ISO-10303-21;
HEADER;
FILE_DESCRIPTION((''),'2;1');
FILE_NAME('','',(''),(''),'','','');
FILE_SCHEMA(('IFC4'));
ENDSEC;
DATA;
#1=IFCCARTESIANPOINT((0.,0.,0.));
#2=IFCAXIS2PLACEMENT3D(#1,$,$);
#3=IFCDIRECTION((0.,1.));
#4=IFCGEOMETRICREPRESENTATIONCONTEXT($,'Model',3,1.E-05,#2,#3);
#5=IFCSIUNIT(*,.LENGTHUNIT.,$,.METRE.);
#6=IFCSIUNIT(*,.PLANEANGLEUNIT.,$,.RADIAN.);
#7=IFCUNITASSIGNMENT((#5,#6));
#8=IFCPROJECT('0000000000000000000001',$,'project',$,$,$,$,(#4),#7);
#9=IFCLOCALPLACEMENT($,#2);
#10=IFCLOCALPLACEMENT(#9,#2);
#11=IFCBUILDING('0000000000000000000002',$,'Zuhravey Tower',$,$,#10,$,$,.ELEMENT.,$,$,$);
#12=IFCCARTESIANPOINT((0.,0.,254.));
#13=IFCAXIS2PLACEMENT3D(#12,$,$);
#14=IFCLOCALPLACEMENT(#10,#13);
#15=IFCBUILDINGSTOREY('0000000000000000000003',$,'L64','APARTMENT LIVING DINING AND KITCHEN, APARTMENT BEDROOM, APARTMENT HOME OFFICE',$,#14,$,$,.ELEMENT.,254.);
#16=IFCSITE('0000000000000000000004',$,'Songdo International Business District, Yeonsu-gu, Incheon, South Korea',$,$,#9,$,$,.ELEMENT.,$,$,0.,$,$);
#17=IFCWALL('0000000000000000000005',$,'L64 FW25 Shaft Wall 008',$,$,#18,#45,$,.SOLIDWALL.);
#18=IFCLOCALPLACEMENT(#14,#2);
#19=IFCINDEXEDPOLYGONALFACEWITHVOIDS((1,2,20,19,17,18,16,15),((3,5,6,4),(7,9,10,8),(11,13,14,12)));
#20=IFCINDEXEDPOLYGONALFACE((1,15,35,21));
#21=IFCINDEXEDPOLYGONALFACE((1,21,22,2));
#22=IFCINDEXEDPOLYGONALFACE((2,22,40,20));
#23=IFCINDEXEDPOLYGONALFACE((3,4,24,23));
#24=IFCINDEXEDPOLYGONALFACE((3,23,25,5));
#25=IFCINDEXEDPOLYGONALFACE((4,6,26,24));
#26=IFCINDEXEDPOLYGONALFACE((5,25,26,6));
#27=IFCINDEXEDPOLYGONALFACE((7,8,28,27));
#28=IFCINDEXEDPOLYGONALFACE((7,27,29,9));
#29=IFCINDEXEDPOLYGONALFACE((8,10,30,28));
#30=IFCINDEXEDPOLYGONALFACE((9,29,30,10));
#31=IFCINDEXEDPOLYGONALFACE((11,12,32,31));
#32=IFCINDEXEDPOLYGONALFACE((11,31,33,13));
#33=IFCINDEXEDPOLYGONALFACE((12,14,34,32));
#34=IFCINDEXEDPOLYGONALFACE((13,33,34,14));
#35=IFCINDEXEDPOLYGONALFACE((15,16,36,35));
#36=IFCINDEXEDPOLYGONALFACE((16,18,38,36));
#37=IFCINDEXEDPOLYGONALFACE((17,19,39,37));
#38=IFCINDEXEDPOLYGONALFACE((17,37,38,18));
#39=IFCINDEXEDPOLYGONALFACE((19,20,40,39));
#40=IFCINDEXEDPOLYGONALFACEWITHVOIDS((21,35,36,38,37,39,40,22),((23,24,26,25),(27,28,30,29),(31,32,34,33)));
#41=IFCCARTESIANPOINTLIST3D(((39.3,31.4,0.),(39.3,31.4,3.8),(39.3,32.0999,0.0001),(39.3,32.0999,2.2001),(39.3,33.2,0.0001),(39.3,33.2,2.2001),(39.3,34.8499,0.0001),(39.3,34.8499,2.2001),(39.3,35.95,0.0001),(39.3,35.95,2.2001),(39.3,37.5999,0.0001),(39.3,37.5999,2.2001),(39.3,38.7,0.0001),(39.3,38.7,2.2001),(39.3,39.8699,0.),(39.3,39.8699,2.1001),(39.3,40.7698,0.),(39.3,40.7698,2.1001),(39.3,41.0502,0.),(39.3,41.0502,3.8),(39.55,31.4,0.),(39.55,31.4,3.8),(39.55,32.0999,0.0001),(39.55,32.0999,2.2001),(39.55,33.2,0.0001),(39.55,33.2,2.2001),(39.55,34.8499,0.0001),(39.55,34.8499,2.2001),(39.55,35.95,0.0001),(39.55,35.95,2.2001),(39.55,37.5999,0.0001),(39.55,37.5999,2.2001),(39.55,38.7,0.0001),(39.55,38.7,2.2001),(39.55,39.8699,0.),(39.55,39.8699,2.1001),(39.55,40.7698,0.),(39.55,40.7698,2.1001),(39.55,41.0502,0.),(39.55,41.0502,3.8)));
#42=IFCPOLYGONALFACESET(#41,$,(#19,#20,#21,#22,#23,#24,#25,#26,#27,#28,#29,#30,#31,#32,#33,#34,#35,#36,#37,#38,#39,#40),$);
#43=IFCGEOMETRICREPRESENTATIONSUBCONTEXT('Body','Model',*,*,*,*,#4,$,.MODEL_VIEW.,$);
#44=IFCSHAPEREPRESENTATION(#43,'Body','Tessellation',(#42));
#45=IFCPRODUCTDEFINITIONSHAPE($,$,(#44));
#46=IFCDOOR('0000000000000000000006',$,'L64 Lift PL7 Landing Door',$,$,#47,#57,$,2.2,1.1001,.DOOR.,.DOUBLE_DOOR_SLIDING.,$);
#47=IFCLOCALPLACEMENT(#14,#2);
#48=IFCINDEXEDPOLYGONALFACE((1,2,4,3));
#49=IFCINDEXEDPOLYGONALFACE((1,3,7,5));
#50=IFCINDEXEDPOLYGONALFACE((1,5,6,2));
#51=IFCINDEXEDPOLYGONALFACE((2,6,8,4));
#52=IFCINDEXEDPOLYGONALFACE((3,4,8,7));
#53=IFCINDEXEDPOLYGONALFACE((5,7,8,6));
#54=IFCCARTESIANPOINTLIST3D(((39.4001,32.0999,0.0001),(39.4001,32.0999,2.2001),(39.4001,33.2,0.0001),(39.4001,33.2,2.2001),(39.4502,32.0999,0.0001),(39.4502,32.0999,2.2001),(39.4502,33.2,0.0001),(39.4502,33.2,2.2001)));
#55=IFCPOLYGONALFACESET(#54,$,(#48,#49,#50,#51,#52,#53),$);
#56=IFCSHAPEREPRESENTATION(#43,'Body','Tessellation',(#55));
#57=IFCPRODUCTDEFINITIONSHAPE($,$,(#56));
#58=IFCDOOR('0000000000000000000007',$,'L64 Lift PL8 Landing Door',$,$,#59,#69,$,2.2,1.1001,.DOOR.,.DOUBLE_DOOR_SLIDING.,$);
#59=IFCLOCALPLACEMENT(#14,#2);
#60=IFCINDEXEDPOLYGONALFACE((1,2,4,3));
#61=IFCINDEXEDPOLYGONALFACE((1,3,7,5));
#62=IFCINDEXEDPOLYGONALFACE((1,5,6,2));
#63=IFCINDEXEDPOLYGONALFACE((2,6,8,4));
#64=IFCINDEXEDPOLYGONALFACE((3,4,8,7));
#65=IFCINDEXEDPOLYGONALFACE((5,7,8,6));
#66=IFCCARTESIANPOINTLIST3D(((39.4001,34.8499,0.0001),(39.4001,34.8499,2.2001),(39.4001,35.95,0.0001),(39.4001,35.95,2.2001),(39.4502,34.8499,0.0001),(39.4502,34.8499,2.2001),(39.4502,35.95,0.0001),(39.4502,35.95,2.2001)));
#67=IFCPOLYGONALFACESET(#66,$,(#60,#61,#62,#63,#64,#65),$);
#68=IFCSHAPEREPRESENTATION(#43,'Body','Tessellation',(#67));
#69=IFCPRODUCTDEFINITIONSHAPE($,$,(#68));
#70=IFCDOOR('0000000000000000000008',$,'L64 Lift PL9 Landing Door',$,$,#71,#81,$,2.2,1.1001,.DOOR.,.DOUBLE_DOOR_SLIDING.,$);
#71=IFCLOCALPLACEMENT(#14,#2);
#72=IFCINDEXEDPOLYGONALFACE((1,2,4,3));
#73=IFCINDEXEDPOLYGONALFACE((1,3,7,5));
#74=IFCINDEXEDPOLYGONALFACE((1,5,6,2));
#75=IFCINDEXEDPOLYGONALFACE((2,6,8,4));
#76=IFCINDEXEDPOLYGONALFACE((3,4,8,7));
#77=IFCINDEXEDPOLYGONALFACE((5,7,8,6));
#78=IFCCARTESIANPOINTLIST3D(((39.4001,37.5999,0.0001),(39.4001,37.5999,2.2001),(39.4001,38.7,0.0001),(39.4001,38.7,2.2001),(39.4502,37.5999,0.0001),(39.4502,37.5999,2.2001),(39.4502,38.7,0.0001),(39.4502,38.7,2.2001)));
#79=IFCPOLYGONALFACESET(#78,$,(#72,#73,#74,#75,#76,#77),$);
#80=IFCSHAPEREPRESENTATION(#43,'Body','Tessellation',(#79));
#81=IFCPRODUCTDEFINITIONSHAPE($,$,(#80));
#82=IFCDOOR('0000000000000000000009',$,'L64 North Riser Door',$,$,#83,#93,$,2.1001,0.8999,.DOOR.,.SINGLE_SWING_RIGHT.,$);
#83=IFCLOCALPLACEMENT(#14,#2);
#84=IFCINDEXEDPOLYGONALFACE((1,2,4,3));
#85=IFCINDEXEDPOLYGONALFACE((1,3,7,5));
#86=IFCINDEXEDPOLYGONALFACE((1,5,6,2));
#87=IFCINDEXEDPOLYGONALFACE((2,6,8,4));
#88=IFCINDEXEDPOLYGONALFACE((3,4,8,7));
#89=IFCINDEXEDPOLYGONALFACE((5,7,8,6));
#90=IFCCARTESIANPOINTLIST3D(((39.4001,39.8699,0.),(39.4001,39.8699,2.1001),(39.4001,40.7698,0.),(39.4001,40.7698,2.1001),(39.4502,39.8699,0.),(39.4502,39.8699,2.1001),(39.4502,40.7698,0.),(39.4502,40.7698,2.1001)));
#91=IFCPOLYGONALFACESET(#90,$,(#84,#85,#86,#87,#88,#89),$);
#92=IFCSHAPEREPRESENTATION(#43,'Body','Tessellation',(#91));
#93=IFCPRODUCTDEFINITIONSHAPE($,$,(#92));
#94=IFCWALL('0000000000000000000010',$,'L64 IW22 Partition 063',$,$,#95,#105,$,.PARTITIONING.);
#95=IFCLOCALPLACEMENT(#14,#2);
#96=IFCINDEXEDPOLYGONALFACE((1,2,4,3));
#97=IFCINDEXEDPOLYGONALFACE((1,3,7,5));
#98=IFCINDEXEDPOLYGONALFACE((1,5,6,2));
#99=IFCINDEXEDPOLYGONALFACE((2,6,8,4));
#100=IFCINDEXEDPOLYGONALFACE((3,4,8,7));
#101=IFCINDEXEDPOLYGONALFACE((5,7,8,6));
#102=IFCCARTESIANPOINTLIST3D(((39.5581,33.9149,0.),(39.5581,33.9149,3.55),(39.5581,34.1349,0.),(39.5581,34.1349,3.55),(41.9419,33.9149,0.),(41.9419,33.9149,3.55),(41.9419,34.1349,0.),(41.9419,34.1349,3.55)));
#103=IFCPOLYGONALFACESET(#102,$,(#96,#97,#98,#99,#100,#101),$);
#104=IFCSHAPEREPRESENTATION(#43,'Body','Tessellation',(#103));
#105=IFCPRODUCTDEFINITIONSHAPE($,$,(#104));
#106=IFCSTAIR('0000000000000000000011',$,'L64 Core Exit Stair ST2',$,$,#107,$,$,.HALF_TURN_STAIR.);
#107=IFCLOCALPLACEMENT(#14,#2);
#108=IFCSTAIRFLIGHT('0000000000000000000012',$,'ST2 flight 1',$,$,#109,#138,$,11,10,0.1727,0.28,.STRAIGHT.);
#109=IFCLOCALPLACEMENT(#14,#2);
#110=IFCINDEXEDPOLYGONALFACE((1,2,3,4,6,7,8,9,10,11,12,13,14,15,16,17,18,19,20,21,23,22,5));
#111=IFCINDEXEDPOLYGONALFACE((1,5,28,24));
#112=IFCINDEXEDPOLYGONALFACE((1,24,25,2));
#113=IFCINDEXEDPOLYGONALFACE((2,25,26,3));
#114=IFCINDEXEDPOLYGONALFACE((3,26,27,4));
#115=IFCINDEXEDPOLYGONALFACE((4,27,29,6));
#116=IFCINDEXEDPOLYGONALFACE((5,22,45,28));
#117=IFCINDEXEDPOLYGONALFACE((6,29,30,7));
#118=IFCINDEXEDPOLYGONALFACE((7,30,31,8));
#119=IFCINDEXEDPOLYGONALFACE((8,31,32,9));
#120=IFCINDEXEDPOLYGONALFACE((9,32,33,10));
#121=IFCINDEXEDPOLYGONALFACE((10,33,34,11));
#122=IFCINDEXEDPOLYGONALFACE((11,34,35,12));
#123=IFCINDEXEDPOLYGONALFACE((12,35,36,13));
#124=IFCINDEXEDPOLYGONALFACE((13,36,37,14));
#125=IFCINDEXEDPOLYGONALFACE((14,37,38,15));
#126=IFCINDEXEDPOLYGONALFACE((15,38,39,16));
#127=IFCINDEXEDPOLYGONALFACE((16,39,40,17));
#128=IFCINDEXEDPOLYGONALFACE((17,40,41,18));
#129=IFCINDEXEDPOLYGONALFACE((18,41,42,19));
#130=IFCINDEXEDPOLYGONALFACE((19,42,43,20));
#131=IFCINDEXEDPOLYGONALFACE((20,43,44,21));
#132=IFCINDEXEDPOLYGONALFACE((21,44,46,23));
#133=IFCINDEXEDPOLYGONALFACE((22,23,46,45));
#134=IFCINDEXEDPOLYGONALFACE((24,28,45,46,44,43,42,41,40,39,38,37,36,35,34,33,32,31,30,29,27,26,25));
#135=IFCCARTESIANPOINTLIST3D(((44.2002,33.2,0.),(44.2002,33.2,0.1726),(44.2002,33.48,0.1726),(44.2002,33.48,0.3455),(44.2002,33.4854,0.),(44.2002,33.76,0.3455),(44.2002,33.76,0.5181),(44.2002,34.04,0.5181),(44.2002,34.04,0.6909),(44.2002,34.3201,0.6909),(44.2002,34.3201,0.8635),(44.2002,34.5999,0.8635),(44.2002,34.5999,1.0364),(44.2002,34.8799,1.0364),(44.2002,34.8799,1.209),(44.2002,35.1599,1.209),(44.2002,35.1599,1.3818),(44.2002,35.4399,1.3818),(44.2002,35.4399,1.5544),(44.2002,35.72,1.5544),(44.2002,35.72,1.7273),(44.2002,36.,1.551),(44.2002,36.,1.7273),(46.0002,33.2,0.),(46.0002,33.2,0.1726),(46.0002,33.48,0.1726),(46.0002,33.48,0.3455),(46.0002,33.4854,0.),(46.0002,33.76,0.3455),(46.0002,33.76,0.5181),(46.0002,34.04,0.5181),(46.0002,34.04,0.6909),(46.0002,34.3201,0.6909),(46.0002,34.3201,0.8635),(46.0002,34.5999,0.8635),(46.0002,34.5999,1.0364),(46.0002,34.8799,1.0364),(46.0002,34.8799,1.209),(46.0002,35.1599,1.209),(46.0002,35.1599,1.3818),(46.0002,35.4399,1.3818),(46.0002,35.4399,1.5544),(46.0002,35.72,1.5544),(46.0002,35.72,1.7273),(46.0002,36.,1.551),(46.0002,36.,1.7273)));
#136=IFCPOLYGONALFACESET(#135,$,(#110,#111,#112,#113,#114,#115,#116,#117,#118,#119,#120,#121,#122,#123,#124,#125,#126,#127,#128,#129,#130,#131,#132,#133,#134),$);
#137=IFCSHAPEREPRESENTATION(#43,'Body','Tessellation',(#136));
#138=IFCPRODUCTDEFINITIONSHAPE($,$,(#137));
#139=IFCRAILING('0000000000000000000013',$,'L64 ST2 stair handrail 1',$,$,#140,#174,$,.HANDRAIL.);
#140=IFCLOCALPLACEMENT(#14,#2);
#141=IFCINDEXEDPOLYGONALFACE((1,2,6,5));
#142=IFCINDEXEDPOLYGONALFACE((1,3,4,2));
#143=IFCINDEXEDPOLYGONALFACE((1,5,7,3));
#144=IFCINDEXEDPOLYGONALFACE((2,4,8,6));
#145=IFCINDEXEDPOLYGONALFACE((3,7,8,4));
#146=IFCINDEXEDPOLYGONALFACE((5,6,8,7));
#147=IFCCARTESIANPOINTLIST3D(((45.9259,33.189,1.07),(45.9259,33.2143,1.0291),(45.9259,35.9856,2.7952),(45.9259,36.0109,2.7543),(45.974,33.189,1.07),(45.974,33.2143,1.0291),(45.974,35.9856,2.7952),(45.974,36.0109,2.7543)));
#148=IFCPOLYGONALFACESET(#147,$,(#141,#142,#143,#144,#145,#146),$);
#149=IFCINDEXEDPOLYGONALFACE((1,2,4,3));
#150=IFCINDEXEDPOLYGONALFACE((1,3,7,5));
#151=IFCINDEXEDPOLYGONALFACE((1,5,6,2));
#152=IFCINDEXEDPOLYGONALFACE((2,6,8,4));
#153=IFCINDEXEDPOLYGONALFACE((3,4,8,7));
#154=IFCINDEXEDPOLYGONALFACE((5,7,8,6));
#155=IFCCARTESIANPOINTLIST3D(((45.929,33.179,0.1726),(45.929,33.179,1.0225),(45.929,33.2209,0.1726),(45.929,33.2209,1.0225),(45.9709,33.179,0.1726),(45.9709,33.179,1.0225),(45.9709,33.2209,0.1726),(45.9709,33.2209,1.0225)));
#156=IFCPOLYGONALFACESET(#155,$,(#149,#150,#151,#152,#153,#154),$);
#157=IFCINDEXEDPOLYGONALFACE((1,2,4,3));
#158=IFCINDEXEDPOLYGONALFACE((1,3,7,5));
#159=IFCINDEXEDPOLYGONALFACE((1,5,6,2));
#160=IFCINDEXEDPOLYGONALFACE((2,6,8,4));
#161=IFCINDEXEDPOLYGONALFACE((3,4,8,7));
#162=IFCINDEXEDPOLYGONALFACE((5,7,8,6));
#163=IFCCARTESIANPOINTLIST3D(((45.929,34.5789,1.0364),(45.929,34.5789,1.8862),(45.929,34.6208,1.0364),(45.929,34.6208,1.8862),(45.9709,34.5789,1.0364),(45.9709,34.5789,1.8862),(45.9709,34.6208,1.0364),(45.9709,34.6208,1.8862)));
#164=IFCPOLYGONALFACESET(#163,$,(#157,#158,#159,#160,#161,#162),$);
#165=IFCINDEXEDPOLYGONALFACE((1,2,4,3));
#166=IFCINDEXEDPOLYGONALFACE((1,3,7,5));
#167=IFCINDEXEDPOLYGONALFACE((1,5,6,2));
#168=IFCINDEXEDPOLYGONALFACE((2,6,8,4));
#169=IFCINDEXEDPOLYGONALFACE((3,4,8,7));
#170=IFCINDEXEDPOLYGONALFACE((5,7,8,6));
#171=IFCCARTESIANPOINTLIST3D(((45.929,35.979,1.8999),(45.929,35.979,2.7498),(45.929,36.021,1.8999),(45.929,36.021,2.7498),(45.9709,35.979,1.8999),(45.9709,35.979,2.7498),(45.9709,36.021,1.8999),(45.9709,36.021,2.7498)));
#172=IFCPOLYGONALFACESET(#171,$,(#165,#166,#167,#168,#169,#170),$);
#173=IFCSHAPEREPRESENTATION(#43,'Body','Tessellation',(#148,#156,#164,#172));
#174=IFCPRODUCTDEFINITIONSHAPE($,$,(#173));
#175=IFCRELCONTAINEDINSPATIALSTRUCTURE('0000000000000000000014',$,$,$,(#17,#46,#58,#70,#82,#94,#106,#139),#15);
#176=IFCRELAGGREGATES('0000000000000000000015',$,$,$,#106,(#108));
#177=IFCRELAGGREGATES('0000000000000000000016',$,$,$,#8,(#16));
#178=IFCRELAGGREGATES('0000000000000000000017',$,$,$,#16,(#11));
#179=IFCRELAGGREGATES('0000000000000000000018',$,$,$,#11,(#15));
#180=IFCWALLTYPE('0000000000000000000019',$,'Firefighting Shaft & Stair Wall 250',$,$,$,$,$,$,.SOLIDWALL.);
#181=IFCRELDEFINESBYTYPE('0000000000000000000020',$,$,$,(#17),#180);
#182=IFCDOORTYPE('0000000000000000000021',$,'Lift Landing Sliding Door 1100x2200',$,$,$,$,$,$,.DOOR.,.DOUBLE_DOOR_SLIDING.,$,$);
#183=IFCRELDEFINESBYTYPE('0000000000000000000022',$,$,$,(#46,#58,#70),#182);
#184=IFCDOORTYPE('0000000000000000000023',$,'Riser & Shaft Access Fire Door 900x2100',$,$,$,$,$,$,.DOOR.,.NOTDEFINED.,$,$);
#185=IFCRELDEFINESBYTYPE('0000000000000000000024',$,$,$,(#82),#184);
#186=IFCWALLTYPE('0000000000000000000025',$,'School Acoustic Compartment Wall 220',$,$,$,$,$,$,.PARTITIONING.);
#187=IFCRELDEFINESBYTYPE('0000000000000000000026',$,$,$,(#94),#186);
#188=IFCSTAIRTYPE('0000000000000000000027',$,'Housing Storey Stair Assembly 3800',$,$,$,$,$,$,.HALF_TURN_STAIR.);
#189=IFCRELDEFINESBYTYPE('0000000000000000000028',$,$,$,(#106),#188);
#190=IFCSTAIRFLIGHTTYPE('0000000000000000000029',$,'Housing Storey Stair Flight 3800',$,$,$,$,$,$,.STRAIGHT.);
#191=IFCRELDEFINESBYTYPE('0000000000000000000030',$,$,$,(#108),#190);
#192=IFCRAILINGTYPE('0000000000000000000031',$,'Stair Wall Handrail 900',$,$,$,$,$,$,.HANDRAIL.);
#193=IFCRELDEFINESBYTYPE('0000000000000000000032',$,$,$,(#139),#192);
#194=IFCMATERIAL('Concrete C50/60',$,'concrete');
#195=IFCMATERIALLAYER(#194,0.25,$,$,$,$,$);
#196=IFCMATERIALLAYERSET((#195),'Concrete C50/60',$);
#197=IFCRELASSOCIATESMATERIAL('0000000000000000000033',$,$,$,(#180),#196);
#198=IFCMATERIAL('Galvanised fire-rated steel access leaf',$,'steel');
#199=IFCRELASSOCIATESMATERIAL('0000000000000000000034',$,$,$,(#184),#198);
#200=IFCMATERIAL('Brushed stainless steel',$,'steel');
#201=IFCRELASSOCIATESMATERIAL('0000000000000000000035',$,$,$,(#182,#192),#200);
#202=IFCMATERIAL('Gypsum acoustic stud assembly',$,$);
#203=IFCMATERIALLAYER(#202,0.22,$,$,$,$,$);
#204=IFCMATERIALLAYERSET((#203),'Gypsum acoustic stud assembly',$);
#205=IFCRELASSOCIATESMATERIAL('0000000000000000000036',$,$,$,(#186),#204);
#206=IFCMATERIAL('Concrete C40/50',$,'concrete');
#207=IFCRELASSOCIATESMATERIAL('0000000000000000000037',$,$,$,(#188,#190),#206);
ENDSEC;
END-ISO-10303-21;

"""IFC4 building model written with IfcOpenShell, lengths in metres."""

from ifc_helpers import new_model, si_unit, direction, frame, frame_2d, origin, origin_2d, place, context, subcontext, project, spatial, polyline, rectangle, outline, extrude, material, layer, layer_set, type_object, element, fill, aggregate, save


model = new_model("IFC4")

# Units and contexts
model_context = context("Model", 3, precision=1e-05, world=origin(), true_north=direction((0.0, 1.0)))
body_context = subcontext(model_context, "Body", "Model", "MODEL_VIEW")
ifc_project = project(units=[si_unit("LENGTHUNIT", "METRE"), si_unit("PLANEANGLEUNIT", "RADIAN")], contexts=[model_context])

# Site, building, storey
site_placement = place(None, origin())
site = spatial("IfcSite", under=ifc_project, at=site_placement, Name="Songdo International Business District, Yeonsu-gu, Incheon, South Korea", CompositionType="ELEMENT", RefElevation=0.0)
building_placement = place(site_placement, origin())
building = spatial("IfcBuilding", under=site, at=building_placement, Name="Zuhravey Tower", CompositionType="ELEMENT")
storey_placement = place(building_placement, frame((0.0, 0.0, 254.0)))
storey = spatial("IfcBuildingStorey", under=building, at=storey_placement, Name="L64", Description="APARTMENT LIVING DINING AND KITCHEN, APARTMENT BEDROOM, APARTMENT HOME OFFICE", CompositionType="ELEMENT", Elevation=254.0)

# Shared definitions
ifc_material_1 = material(Name="Concrete C50/60", Category="concrete")
ifc_layer_1 = layer(ifc_material_1, 0.25)
ifc_layer_set_1 = layer_set([ifc_layer_1], Name="Concrete C50/60")
wall_type_1 = type_object("IfcWallType", Name="Firefighting Shaft & Stair Wall 250", PredefinedType="SOLIDWALL", material=ifc_layer_set_1)

# Wall, openings, doors
ifc_material_2 = material(Name="Galvanised fire-rated steel access leaf", Category="steel")
door_type_1 = type_object("IfcDoorType", Name="Riser & Shaft Access Fire Door 900x2100", OperationType="NOTDEFINED", PredefinedType="DOOR", material=ifc_material_2)
wall_1_placement = place(storey_placement, frame((39.425, 31.3999, 0.0), z_axis=(0.0, 0.0, 1.0), x_axis=(0.0, 1.0, 0.0)))
wall_1 = element("IfcWall", 1, at=wall_1_placement, inside=storey, type_object=wall_type_1, Name="L64 FW25 Shaft Wall 008", PredefinedType="SOLIDWALL", context=body_context, shape_type="SweptSolid", body=[
    extrude(rectangle(XDim=9.6501, YDim=0.25, at=frame_2d((4.8252, 0.0))), origin(), (0.0, 0.0, 1.0), 3.8),
])
opening_1_placement = place(wall_1_placement, frame((0.7, 0.0, 0.0)))
opening_1 = element("IfcOpeningElement", 2, at=opening_1_placement, cuts=wall_1, PredefinedType="OPENING", context=body_context, shape_type="SweptSolid", body=[
    extrude(rectangle(XDim=1.1001, YDim=2.2, at=frame_2d((0.55, 1.1001))), frame((0.0, 0.137, 0.0), z_axis=(0.0, -1.0, 0.0), x_axis=(1.0, 0.0, 0.0)), (0.0, 0.0, 1.0), 0.2739),
])
opening_2_placement = place(wall_1_placement, frame((3.45, 0.0, 0.0)))
opening_2 = element("IfcOpeningElement", 3, at=opening_2_placement, cuts=wall_1, PredefinedType="OPENING", context=body_context, shape_type="SweptSolid", body=[
    extrude(rectangle(XDim=1.1001, YDim=2.2, at=frame_2d((0.55, 1.1001))), frame((0.0, 0.137, 0.0), z_axis=(0.0, -1.0, 0.0), x_axis=(1.0, 0.0, 0.0)), (0.0, 0.0, 1.0), 0.2739),
])
opening_3_placement = place(wall_1_placement, frame((6.2, 0.0, 0.0)))
opening_3 = element("IfcOpeningElement", 4, at=opening_3_placement, cuts=wall_1, PredefinedType="OPENING", context=body_context, shape_type="SweptSolid", body=[
    extrude(rectangle(XDim=1.1001, YDim=2.2, at=frame_2d((0.55, 1.1001))), frame((0.0, 0.137, 0.0), z_axis=(0.0, -1.0, 0.0), x_axis=(1.0, 0.0, 0.0)), (0.0, 0.0, 1.0), 0.2739),
])
opening_4_placement = place(wall_1_placement, frame((8.47, 0.0, 0.0)))
opening_4 = element("IfcOpeningElement", 5, at=opening_4_placement, cuts=wall_1, PredefinedType="OPENING", context=body_context, shape_type="SweptSolid", body=[
    extrude(rectangle(XDim=0.8999, YDim=2.1001, at=frame_2d((0.45, 1.05))), frame((0.0, 0.137, 0.0), z_axis=(0.0, -1.0, 0.0), x_axis=(1.0, 0.0, 0.0)), (0.0, 0.0, 1.0), 0.2739),
])
ifc_material_3 = material(Name="Brushed stainless steel", Category="steel")
door_type_2 = type_object("IfcDoorType", Name="Lift Landing Sliding Door 1100x2200", OperationType="DOUBLE_DOOR_SLIDING", PredefinedType="DOOR", material=ifc_material_3)
door_1_placement = place(opening_1_placement, origin())
door_1 = element("IfcDoor", 6, at=door_1_placement, inside=storey, type_object=door_type_2, Name="L64 Lift PL7 Landing Door", OperationType="DOUBLE_DOOR_SLIDING", OverallHeight=2.2, OverallWidth=1.1001, PredefinedType="DOOR", context=body_context, shape_type="SweptSolid", body=[
    extrude(rectangle(XDim=1.1001, YDim=2.2, at=frame_2d((0.55, 1.1001))), frame((0.0, 0.0249, 0.0), z_axis=(0.0, -1.0, 0.0), x_axis=(1.0, 0.0, 0.0)), (0.0, 0.0, 1.0), 0.05),
])
fill(opening_1, door_1)
door_2_placement = place(opening_2_placement, origin())
door_2 = element("IfcDoor", 7, at=door_2_placement, inside=storey, type_object=door_type_2, Name="L64 Lift PL8 Landing Door", OperationType="DOUBLE_DOOR_SLIDING", OverallHeight=2.2, OverallWidth=1.1001, PredefinedType="DOOR", context=body_context, shape_type="SweptSolid", body=[
    extrude(rectangle(XDim=1.1001, YDim=2.2, at=frame_2d((0.55, 1.1001))), frame((0.0, 0.0249, 0.0), z_axis=(0.0, -1.0, 0.0), x_axis=(1.0, 0.0, 0.0)), (0.0, 0.0, 1.0), 0.05),
])
fill(opening_2, door_2)
door_3_placement = place(opening_3_placement, origin())
door_3 = element("IfcDoor", 8, at=door_3_placement, inside=storey, type_object=door_type_2, Name="L64 Lift PL9 Landing Door", OperationType="DOUBLE_DOOR_SLIDING", OverallHeight=2.2, OverallWidth=1.1001, PredefinedType="DOOR", context=body_context, shape_type="SweptSolid", body=[
    extrude(rectangle(XDim=1.1001, YDim=2.2, at=frame_2d((0.55, 1.1001))), frame((0.0, 0.0249, 0.0), z_axis=(0.0, -1.0, 0.0), x_axis=(1.0, 0.0, 0.0)), (0.0, 0.0, 1.0), 0.05),
])
fill(opening_3, door_3)
door_4_placement = place(opening_4_placement, origin())
door_4 = element("IfcDoor", 9, at=door_4_placement, inside=storey, type_object=door_type_1, Name="L64 North Riser Door", OperationType="SINGLE_SWING_RIGHT", OverallHeight=2.1001, OverallWidth=0.8999, PredefinedType="DOOR", context=body_context, shape_type="SweptSolid", body=[
    extrude(rectangle(XDim=0.8999, YDim=2.1001, at=frame_2d((0.45, 1.05))), frame((0.0, 0.0249, 0.0), z_axis=(0.0, -1.0, 0.0), x_axis=(1.0, 0.0, 0.0)), (0.0, 0.0, 1.0), 0.05),
])
fill(opening_4, door_4)

# Wall
ifc_material_4 = material(Name="Gypsum acoustic stud assembly")
ifc_layer_2 = layer(ifc_material_4, 0.22)
ifc_layer_set_2 = layer_set([ifc_layer_2], Name="Gypsum acoustic stud assembly")
wall_type_2 = type_object("IfcWallType", Name="School Acoustic Compartment Wall 220", PredefinedType="PARTITIONING", material=ifc_layer_set_2)
wall_2_placement = place(storey_placement, frame((39.5581, 34.0249, 0.0), z_axis=(0.0, 0.0, 1.0), x_axis=(1.0, 0.0, 0.0)))
element("IfcWall", 10, at=wall_2_placement, inside=storey, type_object=wall_type_2, Name="L64 IW22 Partition 063", PredefinedType="PARTITIONING", context=body_context, shape_type="SweptSolid", body=[
    extrude(rectangle(XDim=2.3838, YDim=0.22, at=frame_2d((1.1919, 0.0))), origin(), (0.0, 0.0, 1.0), 3.55),
])

# Stair, stair flight
ifc_material_5 = material(Name="Concrete C40/50", Category="concrete")
stair_type = type_object("IfcStairType", Name="Housing Storey Stair Assembly 3800", PredefinedType="HALF_TURN_STAIR", material=ifc_material_5)
stair_placement = place(storey_placement, origin())
stair = element("IfcStair", 11, at=stair_placement, inside=storey, type_object=stair_type, Name="L64 Core Exit Stair ST2", PredefinedType="HALF_TURN_STAIR")
stair_flight_type = type_object("IfcStairFlightType", Name="Housing Storey Stair Flight 3800", PredefinedType="STRAIGHT", material=ifc_material_5)
stair_flight_placement = place(storey_placement, frame((45.1001, 33.2, 0.0), z_axis=(0.0, 0.0, 1.0), x_axis=(0.0, 1.0, 0.0)))
stair_flight = element("IfcStairFlight", 12, at=stair_flight_placement, type_object=stair_flight_type, Name="ST2 flight 1", NumberOfRisers=11, NumberOfTreads=10, PredefinedType="STRAIGHT", RiserHeight=0.1727, TreadLength=0.28, context=body_context, shape_type="SweptSolid", body=[
    extrude(outline(polyline([(0.0, 0.0), (0.0, 0.1726), (0.28, 0.1726), (0.28, 0.3455), (0.5601, 0.3455), (0.5601, 0.5181), (0.8401, 0.5181), (0.8401, 0.6909), (1.1201, 0.6909), (1.1201, 0.8635), (1.3999, 0.8635), (1.3999, 1.0364), (1.6799, 1.0364), (1.6799, 1.209), (1.96, 1.209), (1.96, 1.3818), (2.24, 1.3818), (2.24, 1.5544), (2.52, 1.5544), (2.52, 1.7273), (2.8, 1.7273), (2.8, 1.8999), (2.8, 1.551), (0.2854, 0.0), (0.0, 0.0)])), frame((0.0, 0.8999, 0.0), z_axis=(0.0, -1.0, 0.0), x_axis=(1.0, 0.0, 0.0)), (0.0, 0.0, 1.0), 1.8),
])
aggregate(stair, [stair_flight])

# Railing
railing_type_1 = type_object("IfcRailingType", Name="Stair Wall Handrail 900", PredefinedType="HANDRAIL", material=ifc_material_3)
railing_1_placement = place(storey_placement, frame((45.95, 33.2, 0.1726)))
element("IfcRailing", 13, at=railing_1_placement, inside=storey, type_object=railing_type_1, Name="L64 ST2 stair handrail 1", PredefinedType="HANDRAIL", context=body_context, shape_type="SweptSolid", body=[
    extrude(rectangle(XDim=0.0481, YDim=0.0481, at=origin_2d()), frame((0.0, 0.0017, 0.877), z_axis=(0.0, 0.85109, 0.52502), x_axis=(-1.0, 0.0, 0.0)), (0.0, 0.0, 1.0), 3.2859),
    extrude(rectangle(XDim=0.042, YDim=0.042, at=origin_2d()), origin(), (0.0, 0.0, 1.0), 0.8499),
    extrude(rectangle(XDim=0.042, YDim=0.042, at=origin_2d()), frame((0.0, 1.3999, 0.8638)), (0.0, 0.0, 1.0), 0.8499),
    extrude(rectangle(XDim=0.042, YDim=0.042, at=origin_2d()), frame((0.0, 2.8, 1.7273)), (0.0, 0.0, 1.0), 0.8499),
])

save(model, "model.ifc")
